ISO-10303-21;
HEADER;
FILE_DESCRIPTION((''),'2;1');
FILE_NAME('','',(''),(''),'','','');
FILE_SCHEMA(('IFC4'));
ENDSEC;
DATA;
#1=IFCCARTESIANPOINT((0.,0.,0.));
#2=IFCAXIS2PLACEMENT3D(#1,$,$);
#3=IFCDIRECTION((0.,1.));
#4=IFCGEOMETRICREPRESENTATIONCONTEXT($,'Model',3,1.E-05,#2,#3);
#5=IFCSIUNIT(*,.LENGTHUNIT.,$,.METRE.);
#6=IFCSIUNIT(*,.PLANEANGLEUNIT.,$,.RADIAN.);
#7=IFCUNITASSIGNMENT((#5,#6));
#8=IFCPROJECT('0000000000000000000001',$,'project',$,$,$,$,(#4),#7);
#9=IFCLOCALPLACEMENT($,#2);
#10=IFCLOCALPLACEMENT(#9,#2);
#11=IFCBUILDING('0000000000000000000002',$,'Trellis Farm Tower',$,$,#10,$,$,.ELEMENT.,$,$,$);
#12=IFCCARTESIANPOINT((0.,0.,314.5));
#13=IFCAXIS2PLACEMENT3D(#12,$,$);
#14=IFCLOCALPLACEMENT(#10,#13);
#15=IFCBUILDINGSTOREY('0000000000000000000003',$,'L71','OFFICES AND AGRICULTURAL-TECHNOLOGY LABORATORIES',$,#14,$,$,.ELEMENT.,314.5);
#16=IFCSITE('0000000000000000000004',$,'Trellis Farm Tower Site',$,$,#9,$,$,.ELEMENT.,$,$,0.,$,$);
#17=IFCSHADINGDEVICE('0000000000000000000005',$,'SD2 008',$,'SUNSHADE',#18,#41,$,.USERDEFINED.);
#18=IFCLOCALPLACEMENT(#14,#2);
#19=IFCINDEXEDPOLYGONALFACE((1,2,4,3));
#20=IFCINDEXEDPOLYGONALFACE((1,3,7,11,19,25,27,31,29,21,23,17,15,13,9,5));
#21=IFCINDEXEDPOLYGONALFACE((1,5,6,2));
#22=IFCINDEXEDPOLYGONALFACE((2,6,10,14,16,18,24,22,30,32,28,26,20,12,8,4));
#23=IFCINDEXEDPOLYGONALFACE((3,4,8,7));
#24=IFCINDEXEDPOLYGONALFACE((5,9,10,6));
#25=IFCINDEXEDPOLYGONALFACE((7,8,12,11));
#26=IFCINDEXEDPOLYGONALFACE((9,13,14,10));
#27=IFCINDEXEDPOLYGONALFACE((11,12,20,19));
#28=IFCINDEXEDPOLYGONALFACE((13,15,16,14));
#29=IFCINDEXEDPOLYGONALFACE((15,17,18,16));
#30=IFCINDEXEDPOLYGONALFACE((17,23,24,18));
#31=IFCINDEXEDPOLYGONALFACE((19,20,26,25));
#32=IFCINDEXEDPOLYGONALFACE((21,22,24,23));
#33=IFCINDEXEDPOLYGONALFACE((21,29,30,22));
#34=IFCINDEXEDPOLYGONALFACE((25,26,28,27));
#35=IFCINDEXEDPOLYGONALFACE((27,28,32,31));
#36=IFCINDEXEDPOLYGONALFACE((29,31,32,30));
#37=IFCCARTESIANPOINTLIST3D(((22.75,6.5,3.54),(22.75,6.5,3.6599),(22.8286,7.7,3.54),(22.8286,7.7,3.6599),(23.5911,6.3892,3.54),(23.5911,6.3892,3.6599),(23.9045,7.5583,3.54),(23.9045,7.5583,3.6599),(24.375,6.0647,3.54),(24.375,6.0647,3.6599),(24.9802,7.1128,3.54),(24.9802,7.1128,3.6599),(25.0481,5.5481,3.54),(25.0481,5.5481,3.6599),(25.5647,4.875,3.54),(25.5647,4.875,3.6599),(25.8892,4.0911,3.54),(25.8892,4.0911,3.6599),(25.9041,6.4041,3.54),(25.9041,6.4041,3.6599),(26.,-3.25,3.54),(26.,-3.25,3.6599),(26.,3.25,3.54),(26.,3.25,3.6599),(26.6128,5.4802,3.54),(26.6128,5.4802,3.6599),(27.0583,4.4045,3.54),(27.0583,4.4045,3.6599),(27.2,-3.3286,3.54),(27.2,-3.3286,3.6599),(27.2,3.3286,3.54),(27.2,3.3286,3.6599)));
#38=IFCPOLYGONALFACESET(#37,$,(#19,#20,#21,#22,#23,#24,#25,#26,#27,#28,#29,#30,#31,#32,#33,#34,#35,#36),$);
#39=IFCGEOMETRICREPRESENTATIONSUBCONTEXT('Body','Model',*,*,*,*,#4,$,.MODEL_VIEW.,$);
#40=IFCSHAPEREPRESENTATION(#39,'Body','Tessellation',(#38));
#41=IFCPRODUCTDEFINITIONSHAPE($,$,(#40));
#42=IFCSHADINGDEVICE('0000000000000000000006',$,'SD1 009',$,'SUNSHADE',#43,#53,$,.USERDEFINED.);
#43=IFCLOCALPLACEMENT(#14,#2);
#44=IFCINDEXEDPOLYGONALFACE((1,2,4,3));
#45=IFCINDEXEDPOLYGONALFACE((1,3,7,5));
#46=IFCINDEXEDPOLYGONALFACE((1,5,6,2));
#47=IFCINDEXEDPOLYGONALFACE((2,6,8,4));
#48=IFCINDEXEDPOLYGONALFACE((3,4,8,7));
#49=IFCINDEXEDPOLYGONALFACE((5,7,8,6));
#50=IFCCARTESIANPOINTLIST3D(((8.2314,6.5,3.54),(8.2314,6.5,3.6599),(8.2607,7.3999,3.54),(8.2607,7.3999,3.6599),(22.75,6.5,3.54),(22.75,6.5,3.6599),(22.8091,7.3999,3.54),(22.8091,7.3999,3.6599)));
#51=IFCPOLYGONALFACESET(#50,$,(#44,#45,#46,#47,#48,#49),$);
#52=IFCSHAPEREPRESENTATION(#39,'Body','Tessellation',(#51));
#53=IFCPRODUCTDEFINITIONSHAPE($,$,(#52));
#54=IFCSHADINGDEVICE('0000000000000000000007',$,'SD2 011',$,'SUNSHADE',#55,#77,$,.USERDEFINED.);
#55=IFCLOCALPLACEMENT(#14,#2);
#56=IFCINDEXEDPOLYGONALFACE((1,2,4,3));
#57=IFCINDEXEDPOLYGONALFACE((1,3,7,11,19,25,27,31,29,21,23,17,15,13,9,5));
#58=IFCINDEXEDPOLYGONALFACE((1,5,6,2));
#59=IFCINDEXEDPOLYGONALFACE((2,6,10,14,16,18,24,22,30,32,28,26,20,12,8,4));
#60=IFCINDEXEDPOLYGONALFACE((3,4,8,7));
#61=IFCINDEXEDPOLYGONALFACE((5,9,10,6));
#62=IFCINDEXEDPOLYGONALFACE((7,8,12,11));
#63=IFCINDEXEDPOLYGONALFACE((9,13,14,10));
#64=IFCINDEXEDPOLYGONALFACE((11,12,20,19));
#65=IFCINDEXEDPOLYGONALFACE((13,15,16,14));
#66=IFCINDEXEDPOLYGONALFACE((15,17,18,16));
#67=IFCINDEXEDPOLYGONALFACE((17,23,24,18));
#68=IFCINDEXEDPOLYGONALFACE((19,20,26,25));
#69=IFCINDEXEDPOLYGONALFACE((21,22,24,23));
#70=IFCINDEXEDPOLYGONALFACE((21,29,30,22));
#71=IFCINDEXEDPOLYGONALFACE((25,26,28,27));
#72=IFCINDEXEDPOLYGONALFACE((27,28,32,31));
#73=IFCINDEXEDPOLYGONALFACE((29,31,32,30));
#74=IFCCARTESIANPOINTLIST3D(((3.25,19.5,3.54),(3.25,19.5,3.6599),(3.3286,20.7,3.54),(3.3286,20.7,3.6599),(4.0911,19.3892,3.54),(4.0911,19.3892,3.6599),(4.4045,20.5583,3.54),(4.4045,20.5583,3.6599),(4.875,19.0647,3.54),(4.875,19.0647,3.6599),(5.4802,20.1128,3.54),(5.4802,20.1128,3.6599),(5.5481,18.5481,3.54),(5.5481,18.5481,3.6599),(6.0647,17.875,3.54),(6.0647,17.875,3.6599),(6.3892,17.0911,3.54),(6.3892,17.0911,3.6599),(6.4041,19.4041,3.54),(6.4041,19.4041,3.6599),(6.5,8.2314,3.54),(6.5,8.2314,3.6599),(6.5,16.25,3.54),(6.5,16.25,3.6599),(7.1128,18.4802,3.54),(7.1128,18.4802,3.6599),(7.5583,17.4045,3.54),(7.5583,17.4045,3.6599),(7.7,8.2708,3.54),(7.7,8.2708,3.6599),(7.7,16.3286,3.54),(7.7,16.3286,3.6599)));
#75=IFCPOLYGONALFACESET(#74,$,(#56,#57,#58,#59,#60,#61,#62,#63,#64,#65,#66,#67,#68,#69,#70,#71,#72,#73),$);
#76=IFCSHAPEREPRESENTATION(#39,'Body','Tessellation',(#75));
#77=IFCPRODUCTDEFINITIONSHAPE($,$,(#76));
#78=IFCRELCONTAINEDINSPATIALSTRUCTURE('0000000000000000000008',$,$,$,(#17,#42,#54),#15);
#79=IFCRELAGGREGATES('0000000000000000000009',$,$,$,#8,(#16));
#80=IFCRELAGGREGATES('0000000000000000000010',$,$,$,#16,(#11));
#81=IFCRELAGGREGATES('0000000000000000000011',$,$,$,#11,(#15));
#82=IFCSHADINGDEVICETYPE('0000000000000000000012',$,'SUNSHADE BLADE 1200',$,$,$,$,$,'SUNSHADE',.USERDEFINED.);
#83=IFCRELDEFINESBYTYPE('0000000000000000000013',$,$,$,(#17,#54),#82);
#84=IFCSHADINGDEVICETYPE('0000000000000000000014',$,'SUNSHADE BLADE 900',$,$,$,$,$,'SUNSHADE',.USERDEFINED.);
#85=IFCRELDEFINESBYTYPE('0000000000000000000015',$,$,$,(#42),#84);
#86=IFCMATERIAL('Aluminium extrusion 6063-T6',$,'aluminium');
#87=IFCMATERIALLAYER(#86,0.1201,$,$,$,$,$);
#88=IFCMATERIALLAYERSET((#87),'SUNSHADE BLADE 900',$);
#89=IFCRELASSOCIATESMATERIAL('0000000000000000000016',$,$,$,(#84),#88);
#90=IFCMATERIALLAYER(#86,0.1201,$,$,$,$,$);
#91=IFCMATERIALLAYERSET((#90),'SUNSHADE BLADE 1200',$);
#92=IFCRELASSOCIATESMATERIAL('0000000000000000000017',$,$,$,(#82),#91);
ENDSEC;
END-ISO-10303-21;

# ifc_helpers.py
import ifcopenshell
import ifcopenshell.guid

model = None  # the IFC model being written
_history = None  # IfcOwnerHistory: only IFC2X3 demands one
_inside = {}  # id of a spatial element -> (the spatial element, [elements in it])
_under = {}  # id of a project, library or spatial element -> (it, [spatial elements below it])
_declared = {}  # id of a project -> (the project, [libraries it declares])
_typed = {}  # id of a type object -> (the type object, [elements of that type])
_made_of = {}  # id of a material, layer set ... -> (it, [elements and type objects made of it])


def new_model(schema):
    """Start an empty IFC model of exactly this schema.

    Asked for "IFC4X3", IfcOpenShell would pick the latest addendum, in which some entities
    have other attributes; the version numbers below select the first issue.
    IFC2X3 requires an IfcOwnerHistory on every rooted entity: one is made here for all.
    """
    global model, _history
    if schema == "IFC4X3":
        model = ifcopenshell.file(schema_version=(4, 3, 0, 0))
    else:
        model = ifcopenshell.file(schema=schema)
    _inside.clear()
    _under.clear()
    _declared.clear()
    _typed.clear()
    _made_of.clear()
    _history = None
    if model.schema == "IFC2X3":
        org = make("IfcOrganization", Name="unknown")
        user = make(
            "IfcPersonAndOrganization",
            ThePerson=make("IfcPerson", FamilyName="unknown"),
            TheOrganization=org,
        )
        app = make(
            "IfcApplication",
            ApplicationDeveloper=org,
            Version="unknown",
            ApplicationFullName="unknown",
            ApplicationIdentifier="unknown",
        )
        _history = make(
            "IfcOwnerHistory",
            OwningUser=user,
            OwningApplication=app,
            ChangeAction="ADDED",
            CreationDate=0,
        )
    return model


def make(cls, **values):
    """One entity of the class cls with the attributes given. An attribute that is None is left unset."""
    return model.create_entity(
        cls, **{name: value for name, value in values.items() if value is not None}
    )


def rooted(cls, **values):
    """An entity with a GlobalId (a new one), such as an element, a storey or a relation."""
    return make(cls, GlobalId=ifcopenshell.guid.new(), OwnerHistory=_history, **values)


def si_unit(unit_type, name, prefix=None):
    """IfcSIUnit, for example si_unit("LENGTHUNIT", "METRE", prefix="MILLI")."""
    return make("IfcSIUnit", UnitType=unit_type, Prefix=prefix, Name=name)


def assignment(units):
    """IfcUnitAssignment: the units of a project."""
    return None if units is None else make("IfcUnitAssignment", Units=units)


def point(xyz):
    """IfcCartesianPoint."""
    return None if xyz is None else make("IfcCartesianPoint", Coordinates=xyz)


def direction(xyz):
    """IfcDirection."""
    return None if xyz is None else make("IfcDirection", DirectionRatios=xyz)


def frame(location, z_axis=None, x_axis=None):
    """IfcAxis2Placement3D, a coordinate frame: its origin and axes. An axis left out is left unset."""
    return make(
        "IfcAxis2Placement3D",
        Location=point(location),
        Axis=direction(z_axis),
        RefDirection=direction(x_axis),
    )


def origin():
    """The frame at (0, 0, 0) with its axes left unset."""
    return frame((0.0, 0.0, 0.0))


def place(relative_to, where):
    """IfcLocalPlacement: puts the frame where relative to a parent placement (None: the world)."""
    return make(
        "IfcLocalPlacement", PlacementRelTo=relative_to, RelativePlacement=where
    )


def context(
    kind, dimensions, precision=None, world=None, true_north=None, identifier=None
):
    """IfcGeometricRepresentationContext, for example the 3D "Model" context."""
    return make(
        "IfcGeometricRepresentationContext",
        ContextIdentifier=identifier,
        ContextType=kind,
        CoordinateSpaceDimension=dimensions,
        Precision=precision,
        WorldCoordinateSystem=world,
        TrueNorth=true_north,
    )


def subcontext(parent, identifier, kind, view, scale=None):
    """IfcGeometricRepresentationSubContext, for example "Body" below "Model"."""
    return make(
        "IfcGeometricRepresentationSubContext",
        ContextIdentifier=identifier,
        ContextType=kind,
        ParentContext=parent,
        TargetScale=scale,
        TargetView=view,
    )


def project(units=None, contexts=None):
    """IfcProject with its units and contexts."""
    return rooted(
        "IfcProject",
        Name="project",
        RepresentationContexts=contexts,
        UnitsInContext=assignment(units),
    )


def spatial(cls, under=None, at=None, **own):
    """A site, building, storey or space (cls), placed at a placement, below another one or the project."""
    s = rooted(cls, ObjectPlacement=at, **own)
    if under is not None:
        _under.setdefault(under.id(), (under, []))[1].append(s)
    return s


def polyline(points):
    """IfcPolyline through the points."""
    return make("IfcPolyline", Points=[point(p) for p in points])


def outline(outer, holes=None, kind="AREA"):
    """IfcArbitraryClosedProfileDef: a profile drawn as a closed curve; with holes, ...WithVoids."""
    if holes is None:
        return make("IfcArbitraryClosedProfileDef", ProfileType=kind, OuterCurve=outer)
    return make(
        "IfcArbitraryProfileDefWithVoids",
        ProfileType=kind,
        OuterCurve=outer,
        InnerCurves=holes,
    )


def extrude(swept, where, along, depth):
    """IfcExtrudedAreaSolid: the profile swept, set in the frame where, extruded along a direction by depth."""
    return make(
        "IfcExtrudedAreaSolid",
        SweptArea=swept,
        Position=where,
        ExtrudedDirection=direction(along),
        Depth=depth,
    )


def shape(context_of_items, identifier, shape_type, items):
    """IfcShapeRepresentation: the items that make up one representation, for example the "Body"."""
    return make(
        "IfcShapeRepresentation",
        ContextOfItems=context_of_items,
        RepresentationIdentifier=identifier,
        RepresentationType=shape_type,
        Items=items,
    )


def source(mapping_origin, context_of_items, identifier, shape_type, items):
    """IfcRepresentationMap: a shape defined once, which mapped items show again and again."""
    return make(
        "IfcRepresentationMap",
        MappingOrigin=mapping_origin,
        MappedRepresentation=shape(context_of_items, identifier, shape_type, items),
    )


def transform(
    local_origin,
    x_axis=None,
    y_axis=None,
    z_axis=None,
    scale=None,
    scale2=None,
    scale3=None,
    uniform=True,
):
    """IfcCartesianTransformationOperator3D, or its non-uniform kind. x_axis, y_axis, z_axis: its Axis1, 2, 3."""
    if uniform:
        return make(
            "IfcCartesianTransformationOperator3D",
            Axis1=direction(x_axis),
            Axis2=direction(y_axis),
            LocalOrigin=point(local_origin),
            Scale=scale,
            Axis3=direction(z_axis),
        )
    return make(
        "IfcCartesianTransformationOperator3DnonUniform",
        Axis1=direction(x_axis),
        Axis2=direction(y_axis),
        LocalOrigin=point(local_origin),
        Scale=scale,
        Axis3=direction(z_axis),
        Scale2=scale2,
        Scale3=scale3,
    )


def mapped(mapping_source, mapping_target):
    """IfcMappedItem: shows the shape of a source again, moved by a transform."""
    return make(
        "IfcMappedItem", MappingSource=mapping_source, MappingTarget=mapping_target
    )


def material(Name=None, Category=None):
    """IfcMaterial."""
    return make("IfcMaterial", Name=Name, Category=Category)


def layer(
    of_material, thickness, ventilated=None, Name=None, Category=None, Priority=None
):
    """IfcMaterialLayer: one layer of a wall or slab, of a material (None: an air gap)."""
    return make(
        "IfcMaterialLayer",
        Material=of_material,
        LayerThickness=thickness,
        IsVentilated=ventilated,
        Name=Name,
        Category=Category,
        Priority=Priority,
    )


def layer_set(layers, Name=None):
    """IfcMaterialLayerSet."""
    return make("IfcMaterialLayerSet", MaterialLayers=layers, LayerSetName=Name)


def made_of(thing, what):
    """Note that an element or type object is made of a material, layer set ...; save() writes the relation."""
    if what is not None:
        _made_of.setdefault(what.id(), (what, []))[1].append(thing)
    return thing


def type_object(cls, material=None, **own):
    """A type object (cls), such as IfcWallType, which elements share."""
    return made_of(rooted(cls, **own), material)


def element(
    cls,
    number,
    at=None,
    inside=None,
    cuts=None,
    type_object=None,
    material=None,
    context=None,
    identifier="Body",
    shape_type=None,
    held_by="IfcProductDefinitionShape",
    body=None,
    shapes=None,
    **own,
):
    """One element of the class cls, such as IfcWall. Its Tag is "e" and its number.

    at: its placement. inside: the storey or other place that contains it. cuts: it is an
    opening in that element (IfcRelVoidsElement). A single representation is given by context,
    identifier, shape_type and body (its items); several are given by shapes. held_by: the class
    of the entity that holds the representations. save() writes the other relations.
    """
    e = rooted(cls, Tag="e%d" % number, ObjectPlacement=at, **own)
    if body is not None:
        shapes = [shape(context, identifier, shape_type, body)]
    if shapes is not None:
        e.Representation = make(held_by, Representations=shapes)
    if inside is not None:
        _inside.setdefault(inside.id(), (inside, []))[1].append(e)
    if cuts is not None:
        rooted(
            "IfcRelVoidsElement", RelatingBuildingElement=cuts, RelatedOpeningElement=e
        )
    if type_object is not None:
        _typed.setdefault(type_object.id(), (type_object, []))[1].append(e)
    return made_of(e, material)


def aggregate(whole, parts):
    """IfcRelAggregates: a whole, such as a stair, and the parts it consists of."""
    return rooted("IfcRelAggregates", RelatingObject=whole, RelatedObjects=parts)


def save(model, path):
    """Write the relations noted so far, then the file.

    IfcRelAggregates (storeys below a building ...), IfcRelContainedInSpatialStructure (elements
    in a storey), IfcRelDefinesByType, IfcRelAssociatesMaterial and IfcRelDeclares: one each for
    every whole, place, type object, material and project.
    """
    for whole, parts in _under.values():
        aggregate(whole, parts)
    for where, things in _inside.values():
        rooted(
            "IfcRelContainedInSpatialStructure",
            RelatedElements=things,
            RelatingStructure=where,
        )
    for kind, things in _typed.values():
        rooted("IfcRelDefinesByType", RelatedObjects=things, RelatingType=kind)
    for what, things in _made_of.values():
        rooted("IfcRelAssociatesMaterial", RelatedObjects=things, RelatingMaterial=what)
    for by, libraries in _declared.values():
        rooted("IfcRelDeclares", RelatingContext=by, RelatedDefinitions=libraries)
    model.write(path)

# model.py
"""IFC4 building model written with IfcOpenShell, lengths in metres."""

from ifc_helpers import new_model, si_unit, direction, frame, origin, place, context, subcontext, project, spatial, polyline, outline, extrude, source, transform, mapped, material, layer, layer_set, type_object, element, save


model = new_model("IFC4")

# Units and contexts
model_context = context("Model", 3, precision=1e-05, world=origin(), true_north=direction((0.0, 1.0)))
body_context = subcontext(model_context, "Body", "Model", "MODEL_VIEW")
ifc_project = project(units=[si_unit("LENGTHUNIT", "METRE"), si_unit("PLANEANGLEUNIT", "RADIAN")], contexts=[model_context])

# Site, building, storey
site_placement = place(None, origin())
site = spatial("IfcSite", under=ifc_project, at=site_placement, Name="Trellis Farm Tower Site", CompositionType="ELEMENT", RefElevation=0.0)
building_placement = place(site_placement, origin())
building = spatial("IfcBuilding", under=site, at=building_placement, Name="Trellis Farm Tower", CompositionType="ELEMENT")
storey_placement = place(building_placement, frame((0.0, 0.0, 314.5)))
storey = spatial("IfcBuildingStorey", under=building, at=storey_placement, Name="L71", Description="OFFICES AND AGRICULTURAL-TECHNOLOGY LABORATORIES", CompositionType="ELEMENT", Elevation=314.5)

# Shared definitions
ifc_material_1 = material(Name="Aluminium extrusion 6063-T6", Category="aluminium")

# Shading devices
ifc_layer_1 = layer(ifc_material_1, 0.1201)
ifc_layer_set_1 = layer_set([ifc_layer_1], Name="SUNSHADE BLADE 900")
shading_device_type_1 = type_object("IfcShadingDeviceType", Name="SUNSHADE BLADE 900", ElementType="SUNSHADE", PredefinedType="USERDEFINED", material=ifc_layer_set_1)
placement_1 = place(storey_placement, frame((0.0, 0.0, 3.54)))
ifc_layer_2 = layer(ifc_material_1, 0.1201)
ifc_layer_set_2 = layer_set([ifc_layer_2], Name="SUNSHADE BLADE 1200")
shading_device_type_2 = type_object("IfcShadingDeviceType", Name="SUNSHADE BLADE 1200", ElementType="SUNSHADE", PredefinedType="USERDEFINED", material=ifc_layer_set_2)
shared_shape_1 = source(origin(), body_context, "Body", "SweptSolid", [
    extrude(outline(polyline([(27.2, -3.3286), (27.2, 3.3286), (27.0583, 4.4045), (26.6128, 5.4802), (25.9041, 6.4041), (24.9802, 7.1128), (23.9045, 7.5583), (22.8286, 7.7), (22.75, 6.5), (23.5911, 6.3892), (24.375, 6.0647), (25.0481, 5.5481), (25.5647, 4.875), (25.8892, 4.0911), (26.0, 3.25), (26.0, -3.25), (27.2, -3.3286)])), origin(), (0.0, 0.0, 1.0), 0.1199),
])
element("IfcShadingDevice", 1, at=placement_1, inside=storey, type_object=shading_device_type_2, Name="SD2 008", ObjectType="SUNSHADE", PredefinedType="USERDEFINED", context=body_context, shape_type="MappedRepresentation", body=[
    mapped(shared_shape_1, transform((0.0, 0.0, 0.0))),
])
shared_shape_2 = source(origin(), body_context, "Body", "SweptSolid", [
    extrude(outline(polyline([(22.8091, 7.3999), (8.2607, 7.3999), (8.2314, 6.5), (22.75, 6.5), (22.8091, 7.3999)])), origin(), (0.0, 0.0, 1.0), 0.1199),
])
element("IfcShadingDevice", 2, at=placement_1, inside=storey, type_object=shading_device_type_1, Name="SD1 009", ObjectType="SUNSHADE", PredefinedType="USERDEFINED", context=body_context, shape_type="MappedRepresentation", body=[
    mapped(shared_shape_2, transform((0.0, 0.0, 0.0))),
])
shared_shape_3 = source(origin(), body_context, "Body", "SweptSolid", [
    extrude(outline(polyline([(7.7, 8.2708), (7.7, 16.3286), (7.5583, 17.4045), (7.1128, 18.4802), (6.4041, 19.4041), (5.4802, 20.1128), (4.4045, 20.5583), (3.3286, 20.7), (3.25, 19.5), (4.0911, 19.3892), (4.875, 19.0647), (5.5481, 18.5481), (6.0647, 17.875), (6.3892, 17.0911), (6.5, 16.25), (6.5, 8.2314), (7.7, 8.2708)])), origin(), (0.0, 0.0, 1.0), 0.1199),
])
element("IfcShadingDevice", 3, at=placement_1, inside=storey, type_object=shading_device_type_2, Name="SD2 011", ObjectType="SUNSHADE", PredefinedType="USERDEFINED", context=body_context, shape_type="MappedRepresentation", body=[
    mapped(shared_shape_3, transform((0.0, 0.0, 0.0))),
])

save(model, "model.ifc")
